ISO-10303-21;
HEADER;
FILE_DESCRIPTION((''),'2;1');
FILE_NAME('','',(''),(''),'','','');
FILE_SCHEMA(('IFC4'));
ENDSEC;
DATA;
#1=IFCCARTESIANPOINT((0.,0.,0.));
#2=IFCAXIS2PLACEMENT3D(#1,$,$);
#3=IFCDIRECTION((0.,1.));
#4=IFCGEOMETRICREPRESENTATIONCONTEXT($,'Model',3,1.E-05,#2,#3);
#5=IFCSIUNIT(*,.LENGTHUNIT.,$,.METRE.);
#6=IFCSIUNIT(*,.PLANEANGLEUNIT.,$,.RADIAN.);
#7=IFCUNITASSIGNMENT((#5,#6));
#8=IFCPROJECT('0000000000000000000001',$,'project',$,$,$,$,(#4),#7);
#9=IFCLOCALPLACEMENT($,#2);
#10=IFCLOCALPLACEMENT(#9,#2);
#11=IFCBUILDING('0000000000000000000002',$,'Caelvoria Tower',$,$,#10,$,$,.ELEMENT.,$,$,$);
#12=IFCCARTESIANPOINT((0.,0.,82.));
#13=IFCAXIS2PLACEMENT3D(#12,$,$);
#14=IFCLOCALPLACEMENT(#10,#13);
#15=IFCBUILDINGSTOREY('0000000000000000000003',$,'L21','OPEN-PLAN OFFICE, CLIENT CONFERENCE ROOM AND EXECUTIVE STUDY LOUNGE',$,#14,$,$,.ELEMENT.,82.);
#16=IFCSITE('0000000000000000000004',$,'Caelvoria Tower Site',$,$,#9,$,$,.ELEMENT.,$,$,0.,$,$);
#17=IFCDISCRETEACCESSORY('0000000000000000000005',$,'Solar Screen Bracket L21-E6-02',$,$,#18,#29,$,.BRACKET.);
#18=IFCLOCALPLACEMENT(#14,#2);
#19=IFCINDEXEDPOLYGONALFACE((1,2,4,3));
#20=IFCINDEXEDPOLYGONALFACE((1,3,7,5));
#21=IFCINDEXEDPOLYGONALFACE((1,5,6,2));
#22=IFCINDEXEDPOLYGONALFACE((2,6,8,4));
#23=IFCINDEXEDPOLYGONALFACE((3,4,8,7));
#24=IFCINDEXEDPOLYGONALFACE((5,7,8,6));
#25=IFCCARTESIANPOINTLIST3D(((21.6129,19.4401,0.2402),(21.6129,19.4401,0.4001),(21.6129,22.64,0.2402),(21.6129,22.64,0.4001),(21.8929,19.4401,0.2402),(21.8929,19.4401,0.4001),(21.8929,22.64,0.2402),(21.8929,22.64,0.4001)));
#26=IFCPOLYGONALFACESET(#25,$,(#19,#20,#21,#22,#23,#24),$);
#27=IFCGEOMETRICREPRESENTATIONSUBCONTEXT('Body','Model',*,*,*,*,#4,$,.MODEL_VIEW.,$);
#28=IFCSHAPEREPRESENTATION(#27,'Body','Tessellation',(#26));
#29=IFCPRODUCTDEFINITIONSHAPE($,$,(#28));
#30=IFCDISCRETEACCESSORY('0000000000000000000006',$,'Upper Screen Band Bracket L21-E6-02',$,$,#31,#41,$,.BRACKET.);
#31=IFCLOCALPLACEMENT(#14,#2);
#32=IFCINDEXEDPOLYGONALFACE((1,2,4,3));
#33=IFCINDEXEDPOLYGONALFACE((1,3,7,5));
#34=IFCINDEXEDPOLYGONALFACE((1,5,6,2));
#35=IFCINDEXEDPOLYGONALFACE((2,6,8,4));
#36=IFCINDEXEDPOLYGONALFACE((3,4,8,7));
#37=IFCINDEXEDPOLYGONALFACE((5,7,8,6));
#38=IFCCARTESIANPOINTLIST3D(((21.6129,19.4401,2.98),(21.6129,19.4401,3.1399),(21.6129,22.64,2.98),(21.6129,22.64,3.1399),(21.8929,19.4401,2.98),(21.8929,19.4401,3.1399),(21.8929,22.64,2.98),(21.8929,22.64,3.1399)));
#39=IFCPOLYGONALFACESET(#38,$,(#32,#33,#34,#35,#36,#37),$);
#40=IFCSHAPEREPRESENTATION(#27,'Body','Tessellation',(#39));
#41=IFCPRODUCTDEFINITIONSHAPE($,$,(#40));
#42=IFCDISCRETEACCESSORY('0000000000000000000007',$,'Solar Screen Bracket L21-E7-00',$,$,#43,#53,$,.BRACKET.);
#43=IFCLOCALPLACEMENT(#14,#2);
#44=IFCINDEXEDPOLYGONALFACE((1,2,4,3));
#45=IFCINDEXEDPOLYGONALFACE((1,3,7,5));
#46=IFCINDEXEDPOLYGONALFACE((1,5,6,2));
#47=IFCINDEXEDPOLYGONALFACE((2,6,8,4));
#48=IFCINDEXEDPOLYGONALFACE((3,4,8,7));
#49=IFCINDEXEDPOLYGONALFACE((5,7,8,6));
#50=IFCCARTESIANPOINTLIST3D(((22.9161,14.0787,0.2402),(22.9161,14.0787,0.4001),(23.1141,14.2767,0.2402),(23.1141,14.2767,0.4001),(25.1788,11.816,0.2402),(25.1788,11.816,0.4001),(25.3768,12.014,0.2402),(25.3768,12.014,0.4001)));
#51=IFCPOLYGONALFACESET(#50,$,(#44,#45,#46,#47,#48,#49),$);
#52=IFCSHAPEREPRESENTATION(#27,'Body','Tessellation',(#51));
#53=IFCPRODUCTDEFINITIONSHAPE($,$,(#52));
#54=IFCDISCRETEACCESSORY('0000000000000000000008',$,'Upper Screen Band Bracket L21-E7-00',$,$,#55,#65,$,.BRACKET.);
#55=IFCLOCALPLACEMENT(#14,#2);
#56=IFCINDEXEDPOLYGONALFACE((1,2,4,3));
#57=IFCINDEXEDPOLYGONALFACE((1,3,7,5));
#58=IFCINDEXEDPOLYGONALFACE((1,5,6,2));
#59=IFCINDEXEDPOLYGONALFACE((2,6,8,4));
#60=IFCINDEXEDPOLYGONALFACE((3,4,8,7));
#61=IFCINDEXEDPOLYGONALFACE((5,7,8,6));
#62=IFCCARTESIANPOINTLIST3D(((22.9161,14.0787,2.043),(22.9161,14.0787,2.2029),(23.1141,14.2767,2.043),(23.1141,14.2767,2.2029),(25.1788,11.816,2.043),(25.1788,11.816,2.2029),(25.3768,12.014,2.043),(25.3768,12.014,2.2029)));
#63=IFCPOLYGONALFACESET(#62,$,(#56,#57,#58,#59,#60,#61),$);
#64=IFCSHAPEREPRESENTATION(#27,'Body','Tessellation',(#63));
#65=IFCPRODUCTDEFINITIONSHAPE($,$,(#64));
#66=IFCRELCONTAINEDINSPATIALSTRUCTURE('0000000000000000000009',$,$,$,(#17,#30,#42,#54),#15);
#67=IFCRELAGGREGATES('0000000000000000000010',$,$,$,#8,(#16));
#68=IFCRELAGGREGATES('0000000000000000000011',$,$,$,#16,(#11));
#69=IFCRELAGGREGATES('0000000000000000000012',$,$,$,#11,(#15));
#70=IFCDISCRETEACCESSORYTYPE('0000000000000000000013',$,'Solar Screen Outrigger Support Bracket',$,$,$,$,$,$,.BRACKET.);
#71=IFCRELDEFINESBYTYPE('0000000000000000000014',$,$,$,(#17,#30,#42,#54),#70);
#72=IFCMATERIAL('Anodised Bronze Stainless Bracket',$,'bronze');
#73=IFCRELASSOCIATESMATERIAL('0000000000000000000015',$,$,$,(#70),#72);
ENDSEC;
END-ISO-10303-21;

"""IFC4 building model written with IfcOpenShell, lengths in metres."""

from ifc_helpers import new_model, si_unit, direction, frame, origin, origin_2d, place, context, subcontext, project, spatial, rectangle, extrude, material, type_object, element, save


model = new_model("IFC4")

# Units and contexts
model_context = context("Model", 3, precision=1e-05, world=origin(), true_north=direction((0.0, 1.0)))
body_context = subcontext(model_context, "Body", "Model", "MODEL_VIEW")
ifc_project = project(units=[si_unit("LENGTHUNIT", "METRE"), si_unit("PLANEANGLEUNIT", "RADIAN")], contexts=[model_context])

# Site, building, storey
site_placement = place(None, origin())
site = spatial("IfcSite", under=ifc_project, at=site_placement, Name="Caelvoria Tower Site", CompositionType="ELEMENT", RefElevation=0.0)
building_placement = place(site_placement, origin())
building = spatial("IfcBuilding", under=site, at=building_placement, Name="Caelvoria Tower", CompositionType="ELEMENT")
storey_placement = place(building_placement, frame((0.0, 0.0, 82.0)))
storey = spatial("IfcBuildingStorey", under=building, at=storey_placement, Name="L21", Description="OPEN-PLAN OFFICE, CLIENT CONFERENCE ROOM AND EXECUTIVE STUDY LOUNGE", CompositionType="ELEMENT", Elevation=82.0)

# Discrete accessories
ifc_material_1 = material(Name="Anodised Bronze Stainless Bracket", Category="bronze")
discrete_accessory_type = type_object("IfcDiscreteAccessoryType", Name="Solar Screen Outrigger Support Bracket", PredefinedType="BRACKET", material=ifc_material_1)
for number, where, z_axis, x_axis, name in (
    (1, (21.7529, 21.04, 0.2402), (0.0, 0.0, 1.0), (0.0, -1.0, 0.0), "Solar Screen Bracket L21-E6-02"),
    (2, (21.7529, 21.04, 2.98), (0.0, 0.0, 1.0), (0.0, -1.0, 0.0), "Upper Screen Band Bracket L21-E6-02"),
    (3, (24.1465, 13.0464, 0.2402), (0.0, 0.0, 1.0), (0.707107, -0.707107, 0.0), "Solar Screen Bracket L21-E7-00"),
    (4, (24.1465, 13.0464, 2.043), (0.0, 0.0, 1.0), (0.707107, -0.707107, 0.0), "Upper Screen Band Bracket L21-E7-00"),
):
    element("IfcDiscreteAccessory", number, at=place(storey_placement, frame(where, z_axis=z_axis, x_axis=x_axis)), inside=storey, type_object=discrete_accessory_type, Name=name, PredefinedType="BRACKET", context=body_context, shape_type="SweptSolid", body=[
        extrude(rectangle(XDim=3.2, YDim=0.28, at=origin_2d()), origin(), (0.0, 0.0, 1.0), 0.1599),
    ])

save(model, "model.ifc")
